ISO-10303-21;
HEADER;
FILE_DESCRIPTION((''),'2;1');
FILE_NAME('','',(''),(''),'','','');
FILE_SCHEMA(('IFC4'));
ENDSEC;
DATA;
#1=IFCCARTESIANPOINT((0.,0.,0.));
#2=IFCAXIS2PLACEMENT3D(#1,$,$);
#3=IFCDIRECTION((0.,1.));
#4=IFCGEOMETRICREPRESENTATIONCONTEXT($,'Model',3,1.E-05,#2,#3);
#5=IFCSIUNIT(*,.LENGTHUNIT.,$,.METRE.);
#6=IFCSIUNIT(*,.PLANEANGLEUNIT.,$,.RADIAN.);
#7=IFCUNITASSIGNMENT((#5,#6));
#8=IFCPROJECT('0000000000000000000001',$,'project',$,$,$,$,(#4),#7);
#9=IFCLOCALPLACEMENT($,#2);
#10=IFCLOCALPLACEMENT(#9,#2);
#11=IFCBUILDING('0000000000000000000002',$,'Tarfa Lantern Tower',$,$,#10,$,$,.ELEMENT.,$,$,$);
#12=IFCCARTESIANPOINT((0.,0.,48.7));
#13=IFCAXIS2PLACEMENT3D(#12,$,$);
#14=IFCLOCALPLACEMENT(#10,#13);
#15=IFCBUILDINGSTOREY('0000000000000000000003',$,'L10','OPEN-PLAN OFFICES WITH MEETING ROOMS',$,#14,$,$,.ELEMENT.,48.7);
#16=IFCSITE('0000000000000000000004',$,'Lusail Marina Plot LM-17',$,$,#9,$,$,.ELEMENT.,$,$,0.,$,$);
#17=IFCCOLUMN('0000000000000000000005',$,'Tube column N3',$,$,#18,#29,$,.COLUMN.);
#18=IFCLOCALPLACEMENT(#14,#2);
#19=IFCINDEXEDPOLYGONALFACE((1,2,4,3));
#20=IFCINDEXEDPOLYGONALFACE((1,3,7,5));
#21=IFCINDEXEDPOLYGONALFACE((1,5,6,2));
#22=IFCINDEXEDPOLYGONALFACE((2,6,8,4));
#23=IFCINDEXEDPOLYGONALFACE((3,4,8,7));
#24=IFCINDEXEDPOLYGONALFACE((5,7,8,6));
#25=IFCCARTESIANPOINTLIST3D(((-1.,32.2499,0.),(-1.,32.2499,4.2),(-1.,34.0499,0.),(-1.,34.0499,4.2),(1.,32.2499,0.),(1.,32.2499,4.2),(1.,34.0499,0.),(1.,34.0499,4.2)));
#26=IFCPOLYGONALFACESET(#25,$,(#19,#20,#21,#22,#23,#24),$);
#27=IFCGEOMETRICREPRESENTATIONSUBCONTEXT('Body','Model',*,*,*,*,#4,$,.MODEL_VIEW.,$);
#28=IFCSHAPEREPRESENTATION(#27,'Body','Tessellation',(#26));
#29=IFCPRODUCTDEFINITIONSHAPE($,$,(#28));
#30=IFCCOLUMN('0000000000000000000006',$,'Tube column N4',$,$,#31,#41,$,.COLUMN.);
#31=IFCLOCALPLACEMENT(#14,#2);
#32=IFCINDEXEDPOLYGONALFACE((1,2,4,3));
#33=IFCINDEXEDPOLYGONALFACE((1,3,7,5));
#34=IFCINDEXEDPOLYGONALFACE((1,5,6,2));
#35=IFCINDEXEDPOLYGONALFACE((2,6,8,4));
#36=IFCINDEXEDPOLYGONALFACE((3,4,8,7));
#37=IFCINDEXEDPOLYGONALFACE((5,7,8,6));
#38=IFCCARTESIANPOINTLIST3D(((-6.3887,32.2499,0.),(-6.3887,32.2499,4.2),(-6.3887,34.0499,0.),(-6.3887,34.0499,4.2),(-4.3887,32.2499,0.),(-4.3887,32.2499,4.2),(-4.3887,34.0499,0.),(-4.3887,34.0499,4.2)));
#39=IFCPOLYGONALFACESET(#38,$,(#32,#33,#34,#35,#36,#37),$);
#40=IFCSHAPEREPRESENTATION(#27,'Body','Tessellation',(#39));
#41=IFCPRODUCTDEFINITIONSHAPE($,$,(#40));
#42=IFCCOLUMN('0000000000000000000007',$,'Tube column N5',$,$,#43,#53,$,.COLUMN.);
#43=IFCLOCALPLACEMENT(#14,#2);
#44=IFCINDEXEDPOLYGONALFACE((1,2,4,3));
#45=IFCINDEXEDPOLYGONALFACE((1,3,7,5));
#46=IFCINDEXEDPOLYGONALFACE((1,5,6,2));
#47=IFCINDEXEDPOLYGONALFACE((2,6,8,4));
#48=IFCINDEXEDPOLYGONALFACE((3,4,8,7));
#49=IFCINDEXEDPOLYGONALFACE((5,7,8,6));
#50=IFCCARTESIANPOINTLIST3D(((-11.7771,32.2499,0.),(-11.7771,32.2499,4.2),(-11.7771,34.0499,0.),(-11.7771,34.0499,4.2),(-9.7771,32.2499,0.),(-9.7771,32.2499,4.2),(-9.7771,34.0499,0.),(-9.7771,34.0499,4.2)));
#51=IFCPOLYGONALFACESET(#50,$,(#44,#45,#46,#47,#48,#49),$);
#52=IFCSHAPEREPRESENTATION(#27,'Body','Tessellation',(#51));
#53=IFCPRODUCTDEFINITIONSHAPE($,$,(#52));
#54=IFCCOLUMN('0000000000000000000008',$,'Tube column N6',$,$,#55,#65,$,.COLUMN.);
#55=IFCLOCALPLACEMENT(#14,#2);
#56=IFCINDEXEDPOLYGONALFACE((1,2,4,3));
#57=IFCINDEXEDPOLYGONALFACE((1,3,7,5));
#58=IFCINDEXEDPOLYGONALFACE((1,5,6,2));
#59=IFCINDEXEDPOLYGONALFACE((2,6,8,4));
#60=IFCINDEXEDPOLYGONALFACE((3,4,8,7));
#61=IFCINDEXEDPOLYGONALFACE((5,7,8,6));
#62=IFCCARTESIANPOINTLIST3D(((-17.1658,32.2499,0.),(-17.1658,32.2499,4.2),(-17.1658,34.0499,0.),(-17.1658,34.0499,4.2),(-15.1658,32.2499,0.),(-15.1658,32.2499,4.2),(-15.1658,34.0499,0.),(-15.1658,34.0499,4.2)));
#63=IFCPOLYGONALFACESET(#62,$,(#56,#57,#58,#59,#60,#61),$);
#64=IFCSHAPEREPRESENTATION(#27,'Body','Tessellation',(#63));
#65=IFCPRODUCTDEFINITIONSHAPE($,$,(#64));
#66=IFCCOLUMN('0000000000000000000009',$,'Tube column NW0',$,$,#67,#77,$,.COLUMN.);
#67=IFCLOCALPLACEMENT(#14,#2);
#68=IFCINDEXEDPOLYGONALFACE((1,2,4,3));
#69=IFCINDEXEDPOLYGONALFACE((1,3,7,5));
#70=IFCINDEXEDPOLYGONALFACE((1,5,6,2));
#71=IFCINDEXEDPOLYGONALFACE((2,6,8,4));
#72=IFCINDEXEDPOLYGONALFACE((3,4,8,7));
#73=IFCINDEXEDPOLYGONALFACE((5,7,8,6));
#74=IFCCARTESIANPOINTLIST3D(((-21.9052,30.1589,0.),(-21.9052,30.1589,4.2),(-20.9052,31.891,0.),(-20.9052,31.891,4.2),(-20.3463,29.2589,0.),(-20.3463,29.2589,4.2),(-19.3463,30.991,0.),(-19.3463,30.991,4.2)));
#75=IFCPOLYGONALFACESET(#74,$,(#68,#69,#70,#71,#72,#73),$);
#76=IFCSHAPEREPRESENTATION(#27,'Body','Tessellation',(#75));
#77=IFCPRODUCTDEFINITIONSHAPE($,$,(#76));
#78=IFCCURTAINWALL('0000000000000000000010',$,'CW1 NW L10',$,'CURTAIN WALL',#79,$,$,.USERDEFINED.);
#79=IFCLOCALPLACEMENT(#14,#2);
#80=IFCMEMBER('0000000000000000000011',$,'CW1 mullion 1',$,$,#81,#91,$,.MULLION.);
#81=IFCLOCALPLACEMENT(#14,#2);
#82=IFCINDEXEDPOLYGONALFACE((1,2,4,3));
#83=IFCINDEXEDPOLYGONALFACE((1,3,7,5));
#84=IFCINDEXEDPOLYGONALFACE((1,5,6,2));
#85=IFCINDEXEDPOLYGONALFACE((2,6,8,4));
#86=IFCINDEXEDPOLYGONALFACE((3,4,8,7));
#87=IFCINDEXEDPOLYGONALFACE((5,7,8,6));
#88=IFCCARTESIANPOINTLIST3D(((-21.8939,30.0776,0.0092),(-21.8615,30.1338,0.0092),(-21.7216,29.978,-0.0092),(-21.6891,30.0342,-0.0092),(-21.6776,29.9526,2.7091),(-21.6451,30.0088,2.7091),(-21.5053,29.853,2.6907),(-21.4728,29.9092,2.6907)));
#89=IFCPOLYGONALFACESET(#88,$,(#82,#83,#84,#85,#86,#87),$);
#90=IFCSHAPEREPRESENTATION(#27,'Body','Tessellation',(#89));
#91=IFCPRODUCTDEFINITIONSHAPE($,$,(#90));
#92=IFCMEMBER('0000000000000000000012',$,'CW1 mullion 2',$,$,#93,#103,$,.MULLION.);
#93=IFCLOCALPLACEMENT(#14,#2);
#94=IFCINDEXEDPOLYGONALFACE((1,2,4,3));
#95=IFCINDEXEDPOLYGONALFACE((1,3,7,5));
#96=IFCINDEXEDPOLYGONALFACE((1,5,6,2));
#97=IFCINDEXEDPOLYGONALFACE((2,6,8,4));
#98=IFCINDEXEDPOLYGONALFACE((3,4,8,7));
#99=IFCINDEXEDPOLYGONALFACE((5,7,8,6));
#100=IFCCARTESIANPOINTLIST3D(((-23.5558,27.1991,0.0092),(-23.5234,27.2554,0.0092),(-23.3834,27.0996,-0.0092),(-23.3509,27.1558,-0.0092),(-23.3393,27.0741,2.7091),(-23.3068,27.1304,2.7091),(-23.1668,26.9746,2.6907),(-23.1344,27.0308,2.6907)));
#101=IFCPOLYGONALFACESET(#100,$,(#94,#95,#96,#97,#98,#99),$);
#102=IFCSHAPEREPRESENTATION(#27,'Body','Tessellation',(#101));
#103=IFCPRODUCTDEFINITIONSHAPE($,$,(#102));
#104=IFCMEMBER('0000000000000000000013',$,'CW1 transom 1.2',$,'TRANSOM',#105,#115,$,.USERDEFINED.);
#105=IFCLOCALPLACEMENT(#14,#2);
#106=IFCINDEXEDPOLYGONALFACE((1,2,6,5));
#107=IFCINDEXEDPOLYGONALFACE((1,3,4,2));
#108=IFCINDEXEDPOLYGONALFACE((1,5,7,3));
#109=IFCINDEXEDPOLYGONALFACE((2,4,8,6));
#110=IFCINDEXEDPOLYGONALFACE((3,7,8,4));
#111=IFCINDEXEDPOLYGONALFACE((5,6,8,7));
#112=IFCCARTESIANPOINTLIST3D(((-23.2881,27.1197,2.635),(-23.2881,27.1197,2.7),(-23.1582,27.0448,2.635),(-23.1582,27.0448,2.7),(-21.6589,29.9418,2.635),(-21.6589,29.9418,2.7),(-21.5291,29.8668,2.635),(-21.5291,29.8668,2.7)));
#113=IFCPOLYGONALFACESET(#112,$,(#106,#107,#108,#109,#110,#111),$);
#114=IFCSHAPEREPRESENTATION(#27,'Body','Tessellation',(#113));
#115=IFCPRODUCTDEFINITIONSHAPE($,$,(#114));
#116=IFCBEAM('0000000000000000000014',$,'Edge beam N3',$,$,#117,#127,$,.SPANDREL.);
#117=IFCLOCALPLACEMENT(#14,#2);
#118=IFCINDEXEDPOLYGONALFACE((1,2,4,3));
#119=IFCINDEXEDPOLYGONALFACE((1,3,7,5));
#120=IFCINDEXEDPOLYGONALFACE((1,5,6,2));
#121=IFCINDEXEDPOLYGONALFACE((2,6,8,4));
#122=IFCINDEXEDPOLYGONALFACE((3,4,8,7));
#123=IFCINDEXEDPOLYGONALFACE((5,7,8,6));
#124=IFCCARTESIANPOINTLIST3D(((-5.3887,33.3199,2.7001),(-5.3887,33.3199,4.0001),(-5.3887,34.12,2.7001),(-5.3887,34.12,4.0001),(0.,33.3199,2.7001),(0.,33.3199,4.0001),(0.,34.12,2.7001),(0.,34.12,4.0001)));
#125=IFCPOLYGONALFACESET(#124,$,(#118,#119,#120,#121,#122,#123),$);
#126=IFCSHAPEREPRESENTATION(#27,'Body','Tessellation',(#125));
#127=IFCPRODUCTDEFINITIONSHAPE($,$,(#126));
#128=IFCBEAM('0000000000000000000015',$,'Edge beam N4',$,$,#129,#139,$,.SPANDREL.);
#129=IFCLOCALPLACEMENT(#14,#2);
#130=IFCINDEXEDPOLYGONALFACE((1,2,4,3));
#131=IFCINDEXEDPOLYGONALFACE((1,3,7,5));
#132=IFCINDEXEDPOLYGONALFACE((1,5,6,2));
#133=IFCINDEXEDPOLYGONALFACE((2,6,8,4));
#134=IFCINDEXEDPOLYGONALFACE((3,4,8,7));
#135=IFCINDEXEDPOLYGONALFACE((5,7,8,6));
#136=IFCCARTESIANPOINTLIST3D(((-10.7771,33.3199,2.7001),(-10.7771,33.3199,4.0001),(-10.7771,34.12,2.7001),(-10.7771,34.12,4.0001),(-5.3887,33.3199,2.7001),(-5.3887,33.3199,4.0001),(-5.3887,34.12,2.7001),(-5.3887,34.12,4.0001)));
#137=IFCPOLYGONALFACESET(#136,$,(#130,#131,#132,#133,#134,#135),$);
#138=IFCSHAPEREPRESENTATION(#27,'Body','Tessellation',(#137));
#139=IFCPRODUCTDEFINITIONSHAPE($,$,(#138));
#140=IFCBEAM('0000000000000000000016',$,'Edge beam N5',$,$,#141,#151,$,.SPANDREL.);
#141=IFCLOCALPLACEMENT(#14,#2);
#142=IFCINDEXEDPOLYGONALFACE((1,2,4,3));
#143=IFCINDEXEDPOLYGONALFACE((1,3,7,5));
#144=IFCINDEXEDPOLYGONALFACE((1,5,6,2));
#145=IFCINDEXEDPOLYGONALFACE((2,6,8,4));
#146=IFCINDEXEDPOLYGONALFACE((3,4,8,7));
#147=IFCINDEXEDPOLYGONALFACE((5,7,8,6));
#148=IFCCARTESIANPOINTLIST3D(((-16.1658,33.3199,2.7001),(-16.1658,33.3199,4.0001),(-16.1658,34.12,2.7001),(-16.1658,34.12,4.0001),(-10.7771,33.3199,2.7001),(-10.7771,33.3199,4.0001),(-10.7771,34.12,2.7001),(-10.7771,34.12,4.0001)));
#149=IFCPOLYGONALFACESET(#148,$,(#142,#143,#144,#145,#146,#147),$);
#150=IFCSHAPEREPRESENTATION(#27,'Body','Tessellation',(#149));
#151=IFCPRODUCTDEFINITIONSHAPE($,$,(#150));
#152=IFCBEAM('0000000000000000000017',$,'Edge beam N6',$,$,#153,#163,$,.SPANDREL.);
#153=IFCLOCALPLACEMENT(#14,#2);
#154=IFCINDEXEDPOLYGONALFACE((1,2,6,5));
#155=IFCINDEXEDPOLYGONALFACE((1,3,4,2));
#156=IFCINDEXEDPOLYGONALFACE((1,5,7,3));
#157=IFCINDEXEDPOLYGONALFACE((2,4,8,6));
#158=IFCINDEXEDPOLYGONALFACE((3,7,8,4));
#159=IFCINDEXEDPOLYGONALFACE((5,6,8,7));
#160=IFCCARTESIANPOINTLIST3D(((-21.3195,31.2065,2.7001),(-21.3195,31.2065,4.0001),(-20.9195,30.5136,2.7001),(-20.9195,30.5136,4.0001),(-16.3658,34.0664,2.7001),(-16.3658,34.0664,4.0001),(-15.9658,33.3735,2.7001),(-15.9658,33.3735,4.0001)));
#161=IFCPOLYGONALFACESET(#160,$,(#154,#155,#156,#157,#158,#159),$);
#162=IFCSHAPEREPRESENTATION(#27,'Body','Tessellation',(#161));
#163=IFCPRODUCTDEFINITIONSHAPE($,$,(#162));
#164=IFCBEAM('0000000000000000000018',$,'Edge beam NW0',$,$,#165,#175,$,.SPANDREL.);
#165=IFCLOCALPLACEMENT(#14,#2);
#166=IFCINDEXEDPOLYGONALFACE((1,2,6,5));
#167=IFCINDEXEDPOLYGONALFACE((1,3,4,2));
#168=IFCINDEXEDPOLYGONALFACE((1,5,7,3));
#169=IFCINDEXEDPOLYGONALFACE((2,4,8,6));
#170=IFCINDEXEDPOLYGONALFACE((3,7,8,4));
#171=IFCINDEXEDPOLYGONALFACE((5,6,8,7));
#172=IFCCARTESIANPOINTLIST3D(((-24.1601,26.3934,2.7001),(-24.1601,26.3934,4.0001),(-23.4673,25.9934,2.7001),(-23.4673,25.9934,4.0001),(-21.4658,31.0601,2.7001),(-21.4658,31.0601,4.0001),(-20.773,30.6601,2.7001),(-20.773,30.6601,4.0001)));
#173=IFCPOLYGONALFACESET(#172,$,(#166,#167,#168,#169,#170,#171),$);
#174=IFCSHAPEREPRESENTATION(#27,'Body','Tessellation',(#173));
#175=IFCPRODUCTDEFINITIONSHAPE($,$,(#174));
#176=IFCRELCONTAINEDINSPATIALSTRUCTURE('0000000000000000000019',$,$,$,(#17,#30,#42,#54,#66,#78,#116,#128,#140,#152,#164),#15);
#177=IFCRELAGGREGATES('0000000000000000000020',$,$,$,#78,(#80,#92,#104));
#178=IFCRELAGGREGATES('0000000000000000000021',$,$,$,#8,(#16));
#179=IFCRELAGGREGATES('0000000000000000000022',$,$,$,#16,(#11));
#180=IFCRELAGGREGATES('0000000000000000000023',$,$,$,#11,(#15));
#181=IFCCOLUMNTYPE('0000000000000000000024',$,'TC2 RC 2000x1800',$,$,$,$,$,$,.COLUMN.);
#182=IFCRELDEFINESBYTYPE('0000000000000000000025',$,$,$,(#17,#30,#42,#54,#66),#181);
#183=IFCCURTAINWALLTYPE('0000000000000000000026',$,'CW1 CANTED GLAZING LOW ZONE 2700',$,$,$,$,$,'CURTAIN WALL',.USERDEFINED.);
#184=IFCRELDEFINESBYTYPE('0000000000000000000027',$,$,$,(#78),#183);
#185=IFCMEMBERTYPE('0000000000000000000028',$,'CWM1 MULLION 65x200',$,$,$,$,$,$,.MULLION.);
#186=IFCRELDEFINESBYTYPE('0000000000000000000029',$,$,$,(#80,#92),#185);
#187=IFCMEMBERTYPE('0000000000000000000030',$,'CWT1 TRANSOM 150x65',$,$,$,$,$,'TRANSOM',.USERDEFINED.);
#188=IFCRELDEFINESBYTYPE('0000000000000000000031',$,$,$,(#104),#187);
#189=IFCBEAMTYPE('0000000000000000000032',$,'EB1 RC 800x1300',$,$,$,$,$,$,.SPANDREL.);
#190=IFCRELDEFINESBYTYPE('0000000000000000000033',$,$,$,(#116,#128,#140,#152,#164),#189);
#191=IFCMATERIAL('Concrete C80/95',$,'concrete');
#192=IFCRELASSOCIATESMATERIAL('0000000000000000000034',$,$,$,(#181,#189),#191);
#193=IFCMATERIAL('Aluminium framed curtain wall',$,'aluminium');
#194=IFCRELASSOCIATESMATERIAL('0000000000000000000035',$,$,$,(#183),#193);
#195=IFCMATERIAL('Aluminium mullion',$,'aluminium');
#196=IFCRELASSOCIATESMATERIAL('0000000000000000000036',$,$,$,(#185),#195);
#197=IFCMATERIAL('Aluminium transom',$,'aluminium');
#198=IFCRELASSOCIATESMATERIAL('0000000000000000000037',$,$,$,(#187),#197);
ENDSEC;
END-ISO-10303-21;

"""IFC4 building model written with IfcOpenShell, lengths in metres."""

from ifc_helpers import new_model, si_unit, direction, frame, origin, origin_2d, place, context, subcontext, project, spatial, rectangle, extrude, material, material_profile, profile_set, type_object, element, aggregate, save


model = new_model("IFC4")

# Units and contexts
model_context = context("Model", 3, precision=1e-05, world=origin(), true_north=direction((0.0, 1.0)))
body_context = subcontext(model_context, "Body", "Model", "MODEL_VIEW")
ifc_project = project(units=[si_unit("LENGTHUNIT", "METRE"), si_unit("PLANEANGLEUNIT", "RADIAN")], contexts=[model_context])

# Site, building, storey
site_placement = place(None, origin())
site = spatial("IfcSite", under=ifc_project, at=site_placement, Name="Lusail Marina Plot LM-17", CompositionType="ELEMENT", RefElevation=0.0)
building_placement = place(site_placement, origin())
building = spatial("IfcBuilding", under=site, at=building_placement, Name="Tarfa Lantern Tower", CompositionType="ELEMENT")
storey_placement = place(building_placement, frame((0.0, 0.0, 48.7)))
storey = spatial("IfcBuildingStorey", under=building, at=storey_placement, Name="L10", Description="OPEN-PLAN OFFICES WITH MEETING ROOMS", CompositionType="ELEMENT", Elevation=48.7)

# Columns
ifc_material_1 = material(Name="Concrete C80/95", Category="concrete")
ifc_material_profile_1 = material_profile(ifc_material_1, rectangle(XDim=2.0, YDim=1.8, at=origin_2d()), Name="RC 2000x1800")
ifc_profile_set_1 = profile_set([ifc_material_profile_1], Name="Concrete C80/95")
column_type = type_object("IfcColumnType", Name="TC2 RC 2000x1800", PredefinedType="COLUMN", material=ifc_profile_set_1)
for number, where, z_axis, x_axis, name in (
    (1, (0.0, 33.1499, 0.0), (0.0, 0.0, 1.0), (-1.0, 0.0, 0.0), "Tube column N3"),
    (2, (-5.3887, 33.1499, 0.0), (0.0, 0.0, 1.0), (-1.0, 0.0, 0.0), "Tube column N4"),
    (3, (-10.7771, 33.1499, 0.0), (0.0, 0.0, 1.0), (-1.0, 0.0, 0.0), "Tube column N5"),
    (4, (-16.1658, 33.1499, 0.0), (0.0, 0.0, 1.0), (-1.0, 0.0, 0.0), "Tube column N6"),
    (5, (-20.6257, 30.575, 0.0), (0.0, 0.0, 1.0), (-0.5, -0.866025, 0.0), "Tube column NW0"),
):
    element("IfcColumn", number, at=place(storey_placement, frame(where, z_axis=z_axis, x_axis=x_axis)), inside=storey, type_object=column_type, Name=name, PredefinedType="COLUMN", context=body_context, shape_type="SweptSolid", body=[
        extrude(rectangle(XDim=2.0, YDim=1.8, at=origin_2d()), origin(), (0.0, 0.0, 1.0), 4.2),
    ])

# Curtain wall, members
ifc_material_2 = material(Name="Aluminium framed curtain wall", Category="aluminium")
curtain_wall_type = type_object("IfcCurtainWallType", Name="CW1 CANTED GLAZING LOW ZONE 2700", ElementType="CURTAIN WALL", PredefinedType="USERDEFINED", material=ifc_material_2)
curtain_wall_placement = place(storey_placement, origin())
curtain_wall = element("IfcCurtainWall", 6, at=curtain_wall_placement, inside=storey, type_object=curtain_wall_type, Name="CW1 NW L10", ObjectType="CURTAIN WALL", PredefinedType="USERDEFINED")
ifc_material_3 = material(Name="Aluminium mullion", Category="aluminium")
ifc_material_profile_2 = material_profile(ifc_material_3, rectangle(XDim=0.0649, YDim=0.2, at=origin_2d()), Name="AL MULLION 65x200")
ifc_profile_set_2 = profile_set([ifc_material_profile_2], Name="Aluminium mullion")
member_type_1 = type_object("IfcMemberType", Name="CWM1 MULLION 65x200", PredefinedType="MULLION", material=ifc_profile_set_2)
member_1_placement = place(storey_placement, frame((-21.7915, 30.0559, 0.0), z_axis=(0.079775, -0.0461, 0.995746), x_axis=(0.500343, 0.865827, 0.0)))
member_1 = element("IfcMember", 7, at=member_1_placement, type_object=member_type_1, Name="CW1 mullion 1", PredefinedType="MULLION", context=body_context, shape_type="SweptSolid", body=[
    extrude(rectangle(XDim=0.0649, YDim=0.2, at=origin_2d()), origin(), (0.0, 0.0, 1.0), 2.7114),
])
member_2_placement = place(storey_placement, frame((-23.4534, 27.1775, 0.0), z_axis=(0.079864, -0.0461, 0.995739), x_axis=(0.49992, 0.866072, 0.0)))
member_2 = element("IfcMember", 8, at=member_2_placement, type_object=member_type_1, Name="CW1 mullion 2", PredefinedType="MULLION", context=body_context, shape_type="SweptSolid", body=[
    extrude(rectangle(XDim=0.0649, YDim=0.2, at=origin_2d()), origin(), (0.0, 0.0, 1.0), 2.7114),
])
ifc_material_4 = material(Name="Aluminium transom", Category="aluminium")
ifc_material_profile_3 = material_profile(ifc_material_4, rectangle(XDim=0.1499, YDim=0.0649, at=origin_2d()), Name="AL TRANSOM 150x65")
ifc_profile_set_3 = profile_set([ifc_material_profile_3], Name="Aluminium transom")
member_type_2 = type_object("IfcMemberType", Name="CWT1 TRANSOM 150x65", ElementType="TRANSOM", PredefinedType="USERDEFINED", material=ifc_profile_set_3)
member_3_placement = place(storey_placement, frame((-21.594, 29.9043, 2.6675), z_axis=(-0.499967, -0.866045, 0.0), x_axis=(0.866045, -0.499967, 0.0)))
member_3 = element("IfcMember", 9, at=member_3_placement, type_object=member_type_2, Name="CW1 transom 1.2", ObjectType="TRANSOM", PredefinedType="USERDEFINED", context=body_context, shape_type="SweptSolid", body=[
    extrude(rectangle(XDim=0.1499, YDim=0.0649, at=origin_2d()), origin(), (0.0, 0.0, 1.0), 3.2585),
])

# Beams
ifc_material_profile_4 = material_profile(ifc_material_1, rectangle(XDim=0.8, YDim=1.3, at=origin_2d()), Name="RC 800x1300")
ifc_profile_set_4 = profile_set([ifc_material_profile_4], Name="Concrete C80/95")
beam_type_1 = type_object("IfcBeamType", Name="EB1 RC 800x1300", PredefinedType="SPANDREL", material=ifc_profile_set_4)
beam_1_placement = place(storey_placement, frame((0.0, 33.72, 3.3501), z_axis=(-1.0, 0.0, 0.0), x_axis=(0.0, -1.0, 0.0)))
element("IfcBeam", 10, at=beam_1_placement, inside=storey, type_object=beam_type_1, Name="Edge beam N3", PredefinedType="SPANDREL", context=body_context, shape_type="SweptSolid", body=[
    extrude(rectangle(XDim=0.8, YDim=1.3, at=origin_2d()), origin(), (0.0, 0.0, 1.0), 5.3887),
])
beam_2_placement = place(storey_placement, frame((-5.3887, 33.72, 3.3501), z_axis=(-1.0, 0.0, 0.0), x_axis=(0.0, -1.0, 0.0)))
element("IfcBeam", 11, at=beam_2_placement, inside=storey, type_object=beam_type_1, Name="Edge beam N4", PredefinedType="SPANDREL", context=body_context, shape_type="SweptSolid", body=[
    extrude(rectangle(XDim=0.8, YDim=1.3, at=origin_2d()), origin(), (0.0, 0.0, 1.0), 5.3884),
])
beam_3_placement = place(storey_placement, frame((-10.7771, 33.72, 3.3501), z_axis=(-1.0, 0.0, 0.0), x_axis=(0.0, -1.0, 0.0)))
element("IfcBeam", 12, at=beam_3_placement, inside=storey, type_object=beam_type_1, Name="Edge beam N5", PredefinedType="SPANDREL", context=body_context, shape_type="SweptSolid", body=[
    extrude(rectangle(XDim=0.8, YDim=1.3, at=origin_2d()), origin(), (0.0, 0.0, 1.0), 5.3887),
])
beam_4_placement = place(storey_placement, frame((-16.1658, 33.72, 3.3501), z_axis=(-0.866033, -0.499986, 0.0), x_axis=(0.499986, -0.866033, 0.0)))
element("IfcBeam", 13, at=beam_4_placement, inside=storey, type_object=beam_type_1, Name="Edge beam N6", PredefinedType="SPANDREL", context=body_context, shape_type="SweptSolid", body=[
    extrude(rectangle(XDim=0.8, YDim=1.3, at=origin_2d()), origin(), (0.0, 0.0, 1.0), 5.72),
])
beam_5_placement = place(storey_placement, frame((-21.1194, 30.8601, 3.3501), z_axis=(-0.499998, -0.866026, 0.0), x_axis=(0.866026, -0.499998, 0.0)))
element("IfcBeam", 14, at=beam_5_placement, inside=storey, type_object=beam_type_1, Name="Edge beam NW0", PredefinedType="SPANDREL", context=body_context, shape_type="SweptSolid", body=[
    extrude(rectangle(XDim=0.8, YDim=1.3, at=origin_2d()), origin(), (0.0, 0.0, 1.0), 5.3887),
])

aggregate(curtain_wall, [member_1, member_2, member_3])

save(model, "model.ifc")
